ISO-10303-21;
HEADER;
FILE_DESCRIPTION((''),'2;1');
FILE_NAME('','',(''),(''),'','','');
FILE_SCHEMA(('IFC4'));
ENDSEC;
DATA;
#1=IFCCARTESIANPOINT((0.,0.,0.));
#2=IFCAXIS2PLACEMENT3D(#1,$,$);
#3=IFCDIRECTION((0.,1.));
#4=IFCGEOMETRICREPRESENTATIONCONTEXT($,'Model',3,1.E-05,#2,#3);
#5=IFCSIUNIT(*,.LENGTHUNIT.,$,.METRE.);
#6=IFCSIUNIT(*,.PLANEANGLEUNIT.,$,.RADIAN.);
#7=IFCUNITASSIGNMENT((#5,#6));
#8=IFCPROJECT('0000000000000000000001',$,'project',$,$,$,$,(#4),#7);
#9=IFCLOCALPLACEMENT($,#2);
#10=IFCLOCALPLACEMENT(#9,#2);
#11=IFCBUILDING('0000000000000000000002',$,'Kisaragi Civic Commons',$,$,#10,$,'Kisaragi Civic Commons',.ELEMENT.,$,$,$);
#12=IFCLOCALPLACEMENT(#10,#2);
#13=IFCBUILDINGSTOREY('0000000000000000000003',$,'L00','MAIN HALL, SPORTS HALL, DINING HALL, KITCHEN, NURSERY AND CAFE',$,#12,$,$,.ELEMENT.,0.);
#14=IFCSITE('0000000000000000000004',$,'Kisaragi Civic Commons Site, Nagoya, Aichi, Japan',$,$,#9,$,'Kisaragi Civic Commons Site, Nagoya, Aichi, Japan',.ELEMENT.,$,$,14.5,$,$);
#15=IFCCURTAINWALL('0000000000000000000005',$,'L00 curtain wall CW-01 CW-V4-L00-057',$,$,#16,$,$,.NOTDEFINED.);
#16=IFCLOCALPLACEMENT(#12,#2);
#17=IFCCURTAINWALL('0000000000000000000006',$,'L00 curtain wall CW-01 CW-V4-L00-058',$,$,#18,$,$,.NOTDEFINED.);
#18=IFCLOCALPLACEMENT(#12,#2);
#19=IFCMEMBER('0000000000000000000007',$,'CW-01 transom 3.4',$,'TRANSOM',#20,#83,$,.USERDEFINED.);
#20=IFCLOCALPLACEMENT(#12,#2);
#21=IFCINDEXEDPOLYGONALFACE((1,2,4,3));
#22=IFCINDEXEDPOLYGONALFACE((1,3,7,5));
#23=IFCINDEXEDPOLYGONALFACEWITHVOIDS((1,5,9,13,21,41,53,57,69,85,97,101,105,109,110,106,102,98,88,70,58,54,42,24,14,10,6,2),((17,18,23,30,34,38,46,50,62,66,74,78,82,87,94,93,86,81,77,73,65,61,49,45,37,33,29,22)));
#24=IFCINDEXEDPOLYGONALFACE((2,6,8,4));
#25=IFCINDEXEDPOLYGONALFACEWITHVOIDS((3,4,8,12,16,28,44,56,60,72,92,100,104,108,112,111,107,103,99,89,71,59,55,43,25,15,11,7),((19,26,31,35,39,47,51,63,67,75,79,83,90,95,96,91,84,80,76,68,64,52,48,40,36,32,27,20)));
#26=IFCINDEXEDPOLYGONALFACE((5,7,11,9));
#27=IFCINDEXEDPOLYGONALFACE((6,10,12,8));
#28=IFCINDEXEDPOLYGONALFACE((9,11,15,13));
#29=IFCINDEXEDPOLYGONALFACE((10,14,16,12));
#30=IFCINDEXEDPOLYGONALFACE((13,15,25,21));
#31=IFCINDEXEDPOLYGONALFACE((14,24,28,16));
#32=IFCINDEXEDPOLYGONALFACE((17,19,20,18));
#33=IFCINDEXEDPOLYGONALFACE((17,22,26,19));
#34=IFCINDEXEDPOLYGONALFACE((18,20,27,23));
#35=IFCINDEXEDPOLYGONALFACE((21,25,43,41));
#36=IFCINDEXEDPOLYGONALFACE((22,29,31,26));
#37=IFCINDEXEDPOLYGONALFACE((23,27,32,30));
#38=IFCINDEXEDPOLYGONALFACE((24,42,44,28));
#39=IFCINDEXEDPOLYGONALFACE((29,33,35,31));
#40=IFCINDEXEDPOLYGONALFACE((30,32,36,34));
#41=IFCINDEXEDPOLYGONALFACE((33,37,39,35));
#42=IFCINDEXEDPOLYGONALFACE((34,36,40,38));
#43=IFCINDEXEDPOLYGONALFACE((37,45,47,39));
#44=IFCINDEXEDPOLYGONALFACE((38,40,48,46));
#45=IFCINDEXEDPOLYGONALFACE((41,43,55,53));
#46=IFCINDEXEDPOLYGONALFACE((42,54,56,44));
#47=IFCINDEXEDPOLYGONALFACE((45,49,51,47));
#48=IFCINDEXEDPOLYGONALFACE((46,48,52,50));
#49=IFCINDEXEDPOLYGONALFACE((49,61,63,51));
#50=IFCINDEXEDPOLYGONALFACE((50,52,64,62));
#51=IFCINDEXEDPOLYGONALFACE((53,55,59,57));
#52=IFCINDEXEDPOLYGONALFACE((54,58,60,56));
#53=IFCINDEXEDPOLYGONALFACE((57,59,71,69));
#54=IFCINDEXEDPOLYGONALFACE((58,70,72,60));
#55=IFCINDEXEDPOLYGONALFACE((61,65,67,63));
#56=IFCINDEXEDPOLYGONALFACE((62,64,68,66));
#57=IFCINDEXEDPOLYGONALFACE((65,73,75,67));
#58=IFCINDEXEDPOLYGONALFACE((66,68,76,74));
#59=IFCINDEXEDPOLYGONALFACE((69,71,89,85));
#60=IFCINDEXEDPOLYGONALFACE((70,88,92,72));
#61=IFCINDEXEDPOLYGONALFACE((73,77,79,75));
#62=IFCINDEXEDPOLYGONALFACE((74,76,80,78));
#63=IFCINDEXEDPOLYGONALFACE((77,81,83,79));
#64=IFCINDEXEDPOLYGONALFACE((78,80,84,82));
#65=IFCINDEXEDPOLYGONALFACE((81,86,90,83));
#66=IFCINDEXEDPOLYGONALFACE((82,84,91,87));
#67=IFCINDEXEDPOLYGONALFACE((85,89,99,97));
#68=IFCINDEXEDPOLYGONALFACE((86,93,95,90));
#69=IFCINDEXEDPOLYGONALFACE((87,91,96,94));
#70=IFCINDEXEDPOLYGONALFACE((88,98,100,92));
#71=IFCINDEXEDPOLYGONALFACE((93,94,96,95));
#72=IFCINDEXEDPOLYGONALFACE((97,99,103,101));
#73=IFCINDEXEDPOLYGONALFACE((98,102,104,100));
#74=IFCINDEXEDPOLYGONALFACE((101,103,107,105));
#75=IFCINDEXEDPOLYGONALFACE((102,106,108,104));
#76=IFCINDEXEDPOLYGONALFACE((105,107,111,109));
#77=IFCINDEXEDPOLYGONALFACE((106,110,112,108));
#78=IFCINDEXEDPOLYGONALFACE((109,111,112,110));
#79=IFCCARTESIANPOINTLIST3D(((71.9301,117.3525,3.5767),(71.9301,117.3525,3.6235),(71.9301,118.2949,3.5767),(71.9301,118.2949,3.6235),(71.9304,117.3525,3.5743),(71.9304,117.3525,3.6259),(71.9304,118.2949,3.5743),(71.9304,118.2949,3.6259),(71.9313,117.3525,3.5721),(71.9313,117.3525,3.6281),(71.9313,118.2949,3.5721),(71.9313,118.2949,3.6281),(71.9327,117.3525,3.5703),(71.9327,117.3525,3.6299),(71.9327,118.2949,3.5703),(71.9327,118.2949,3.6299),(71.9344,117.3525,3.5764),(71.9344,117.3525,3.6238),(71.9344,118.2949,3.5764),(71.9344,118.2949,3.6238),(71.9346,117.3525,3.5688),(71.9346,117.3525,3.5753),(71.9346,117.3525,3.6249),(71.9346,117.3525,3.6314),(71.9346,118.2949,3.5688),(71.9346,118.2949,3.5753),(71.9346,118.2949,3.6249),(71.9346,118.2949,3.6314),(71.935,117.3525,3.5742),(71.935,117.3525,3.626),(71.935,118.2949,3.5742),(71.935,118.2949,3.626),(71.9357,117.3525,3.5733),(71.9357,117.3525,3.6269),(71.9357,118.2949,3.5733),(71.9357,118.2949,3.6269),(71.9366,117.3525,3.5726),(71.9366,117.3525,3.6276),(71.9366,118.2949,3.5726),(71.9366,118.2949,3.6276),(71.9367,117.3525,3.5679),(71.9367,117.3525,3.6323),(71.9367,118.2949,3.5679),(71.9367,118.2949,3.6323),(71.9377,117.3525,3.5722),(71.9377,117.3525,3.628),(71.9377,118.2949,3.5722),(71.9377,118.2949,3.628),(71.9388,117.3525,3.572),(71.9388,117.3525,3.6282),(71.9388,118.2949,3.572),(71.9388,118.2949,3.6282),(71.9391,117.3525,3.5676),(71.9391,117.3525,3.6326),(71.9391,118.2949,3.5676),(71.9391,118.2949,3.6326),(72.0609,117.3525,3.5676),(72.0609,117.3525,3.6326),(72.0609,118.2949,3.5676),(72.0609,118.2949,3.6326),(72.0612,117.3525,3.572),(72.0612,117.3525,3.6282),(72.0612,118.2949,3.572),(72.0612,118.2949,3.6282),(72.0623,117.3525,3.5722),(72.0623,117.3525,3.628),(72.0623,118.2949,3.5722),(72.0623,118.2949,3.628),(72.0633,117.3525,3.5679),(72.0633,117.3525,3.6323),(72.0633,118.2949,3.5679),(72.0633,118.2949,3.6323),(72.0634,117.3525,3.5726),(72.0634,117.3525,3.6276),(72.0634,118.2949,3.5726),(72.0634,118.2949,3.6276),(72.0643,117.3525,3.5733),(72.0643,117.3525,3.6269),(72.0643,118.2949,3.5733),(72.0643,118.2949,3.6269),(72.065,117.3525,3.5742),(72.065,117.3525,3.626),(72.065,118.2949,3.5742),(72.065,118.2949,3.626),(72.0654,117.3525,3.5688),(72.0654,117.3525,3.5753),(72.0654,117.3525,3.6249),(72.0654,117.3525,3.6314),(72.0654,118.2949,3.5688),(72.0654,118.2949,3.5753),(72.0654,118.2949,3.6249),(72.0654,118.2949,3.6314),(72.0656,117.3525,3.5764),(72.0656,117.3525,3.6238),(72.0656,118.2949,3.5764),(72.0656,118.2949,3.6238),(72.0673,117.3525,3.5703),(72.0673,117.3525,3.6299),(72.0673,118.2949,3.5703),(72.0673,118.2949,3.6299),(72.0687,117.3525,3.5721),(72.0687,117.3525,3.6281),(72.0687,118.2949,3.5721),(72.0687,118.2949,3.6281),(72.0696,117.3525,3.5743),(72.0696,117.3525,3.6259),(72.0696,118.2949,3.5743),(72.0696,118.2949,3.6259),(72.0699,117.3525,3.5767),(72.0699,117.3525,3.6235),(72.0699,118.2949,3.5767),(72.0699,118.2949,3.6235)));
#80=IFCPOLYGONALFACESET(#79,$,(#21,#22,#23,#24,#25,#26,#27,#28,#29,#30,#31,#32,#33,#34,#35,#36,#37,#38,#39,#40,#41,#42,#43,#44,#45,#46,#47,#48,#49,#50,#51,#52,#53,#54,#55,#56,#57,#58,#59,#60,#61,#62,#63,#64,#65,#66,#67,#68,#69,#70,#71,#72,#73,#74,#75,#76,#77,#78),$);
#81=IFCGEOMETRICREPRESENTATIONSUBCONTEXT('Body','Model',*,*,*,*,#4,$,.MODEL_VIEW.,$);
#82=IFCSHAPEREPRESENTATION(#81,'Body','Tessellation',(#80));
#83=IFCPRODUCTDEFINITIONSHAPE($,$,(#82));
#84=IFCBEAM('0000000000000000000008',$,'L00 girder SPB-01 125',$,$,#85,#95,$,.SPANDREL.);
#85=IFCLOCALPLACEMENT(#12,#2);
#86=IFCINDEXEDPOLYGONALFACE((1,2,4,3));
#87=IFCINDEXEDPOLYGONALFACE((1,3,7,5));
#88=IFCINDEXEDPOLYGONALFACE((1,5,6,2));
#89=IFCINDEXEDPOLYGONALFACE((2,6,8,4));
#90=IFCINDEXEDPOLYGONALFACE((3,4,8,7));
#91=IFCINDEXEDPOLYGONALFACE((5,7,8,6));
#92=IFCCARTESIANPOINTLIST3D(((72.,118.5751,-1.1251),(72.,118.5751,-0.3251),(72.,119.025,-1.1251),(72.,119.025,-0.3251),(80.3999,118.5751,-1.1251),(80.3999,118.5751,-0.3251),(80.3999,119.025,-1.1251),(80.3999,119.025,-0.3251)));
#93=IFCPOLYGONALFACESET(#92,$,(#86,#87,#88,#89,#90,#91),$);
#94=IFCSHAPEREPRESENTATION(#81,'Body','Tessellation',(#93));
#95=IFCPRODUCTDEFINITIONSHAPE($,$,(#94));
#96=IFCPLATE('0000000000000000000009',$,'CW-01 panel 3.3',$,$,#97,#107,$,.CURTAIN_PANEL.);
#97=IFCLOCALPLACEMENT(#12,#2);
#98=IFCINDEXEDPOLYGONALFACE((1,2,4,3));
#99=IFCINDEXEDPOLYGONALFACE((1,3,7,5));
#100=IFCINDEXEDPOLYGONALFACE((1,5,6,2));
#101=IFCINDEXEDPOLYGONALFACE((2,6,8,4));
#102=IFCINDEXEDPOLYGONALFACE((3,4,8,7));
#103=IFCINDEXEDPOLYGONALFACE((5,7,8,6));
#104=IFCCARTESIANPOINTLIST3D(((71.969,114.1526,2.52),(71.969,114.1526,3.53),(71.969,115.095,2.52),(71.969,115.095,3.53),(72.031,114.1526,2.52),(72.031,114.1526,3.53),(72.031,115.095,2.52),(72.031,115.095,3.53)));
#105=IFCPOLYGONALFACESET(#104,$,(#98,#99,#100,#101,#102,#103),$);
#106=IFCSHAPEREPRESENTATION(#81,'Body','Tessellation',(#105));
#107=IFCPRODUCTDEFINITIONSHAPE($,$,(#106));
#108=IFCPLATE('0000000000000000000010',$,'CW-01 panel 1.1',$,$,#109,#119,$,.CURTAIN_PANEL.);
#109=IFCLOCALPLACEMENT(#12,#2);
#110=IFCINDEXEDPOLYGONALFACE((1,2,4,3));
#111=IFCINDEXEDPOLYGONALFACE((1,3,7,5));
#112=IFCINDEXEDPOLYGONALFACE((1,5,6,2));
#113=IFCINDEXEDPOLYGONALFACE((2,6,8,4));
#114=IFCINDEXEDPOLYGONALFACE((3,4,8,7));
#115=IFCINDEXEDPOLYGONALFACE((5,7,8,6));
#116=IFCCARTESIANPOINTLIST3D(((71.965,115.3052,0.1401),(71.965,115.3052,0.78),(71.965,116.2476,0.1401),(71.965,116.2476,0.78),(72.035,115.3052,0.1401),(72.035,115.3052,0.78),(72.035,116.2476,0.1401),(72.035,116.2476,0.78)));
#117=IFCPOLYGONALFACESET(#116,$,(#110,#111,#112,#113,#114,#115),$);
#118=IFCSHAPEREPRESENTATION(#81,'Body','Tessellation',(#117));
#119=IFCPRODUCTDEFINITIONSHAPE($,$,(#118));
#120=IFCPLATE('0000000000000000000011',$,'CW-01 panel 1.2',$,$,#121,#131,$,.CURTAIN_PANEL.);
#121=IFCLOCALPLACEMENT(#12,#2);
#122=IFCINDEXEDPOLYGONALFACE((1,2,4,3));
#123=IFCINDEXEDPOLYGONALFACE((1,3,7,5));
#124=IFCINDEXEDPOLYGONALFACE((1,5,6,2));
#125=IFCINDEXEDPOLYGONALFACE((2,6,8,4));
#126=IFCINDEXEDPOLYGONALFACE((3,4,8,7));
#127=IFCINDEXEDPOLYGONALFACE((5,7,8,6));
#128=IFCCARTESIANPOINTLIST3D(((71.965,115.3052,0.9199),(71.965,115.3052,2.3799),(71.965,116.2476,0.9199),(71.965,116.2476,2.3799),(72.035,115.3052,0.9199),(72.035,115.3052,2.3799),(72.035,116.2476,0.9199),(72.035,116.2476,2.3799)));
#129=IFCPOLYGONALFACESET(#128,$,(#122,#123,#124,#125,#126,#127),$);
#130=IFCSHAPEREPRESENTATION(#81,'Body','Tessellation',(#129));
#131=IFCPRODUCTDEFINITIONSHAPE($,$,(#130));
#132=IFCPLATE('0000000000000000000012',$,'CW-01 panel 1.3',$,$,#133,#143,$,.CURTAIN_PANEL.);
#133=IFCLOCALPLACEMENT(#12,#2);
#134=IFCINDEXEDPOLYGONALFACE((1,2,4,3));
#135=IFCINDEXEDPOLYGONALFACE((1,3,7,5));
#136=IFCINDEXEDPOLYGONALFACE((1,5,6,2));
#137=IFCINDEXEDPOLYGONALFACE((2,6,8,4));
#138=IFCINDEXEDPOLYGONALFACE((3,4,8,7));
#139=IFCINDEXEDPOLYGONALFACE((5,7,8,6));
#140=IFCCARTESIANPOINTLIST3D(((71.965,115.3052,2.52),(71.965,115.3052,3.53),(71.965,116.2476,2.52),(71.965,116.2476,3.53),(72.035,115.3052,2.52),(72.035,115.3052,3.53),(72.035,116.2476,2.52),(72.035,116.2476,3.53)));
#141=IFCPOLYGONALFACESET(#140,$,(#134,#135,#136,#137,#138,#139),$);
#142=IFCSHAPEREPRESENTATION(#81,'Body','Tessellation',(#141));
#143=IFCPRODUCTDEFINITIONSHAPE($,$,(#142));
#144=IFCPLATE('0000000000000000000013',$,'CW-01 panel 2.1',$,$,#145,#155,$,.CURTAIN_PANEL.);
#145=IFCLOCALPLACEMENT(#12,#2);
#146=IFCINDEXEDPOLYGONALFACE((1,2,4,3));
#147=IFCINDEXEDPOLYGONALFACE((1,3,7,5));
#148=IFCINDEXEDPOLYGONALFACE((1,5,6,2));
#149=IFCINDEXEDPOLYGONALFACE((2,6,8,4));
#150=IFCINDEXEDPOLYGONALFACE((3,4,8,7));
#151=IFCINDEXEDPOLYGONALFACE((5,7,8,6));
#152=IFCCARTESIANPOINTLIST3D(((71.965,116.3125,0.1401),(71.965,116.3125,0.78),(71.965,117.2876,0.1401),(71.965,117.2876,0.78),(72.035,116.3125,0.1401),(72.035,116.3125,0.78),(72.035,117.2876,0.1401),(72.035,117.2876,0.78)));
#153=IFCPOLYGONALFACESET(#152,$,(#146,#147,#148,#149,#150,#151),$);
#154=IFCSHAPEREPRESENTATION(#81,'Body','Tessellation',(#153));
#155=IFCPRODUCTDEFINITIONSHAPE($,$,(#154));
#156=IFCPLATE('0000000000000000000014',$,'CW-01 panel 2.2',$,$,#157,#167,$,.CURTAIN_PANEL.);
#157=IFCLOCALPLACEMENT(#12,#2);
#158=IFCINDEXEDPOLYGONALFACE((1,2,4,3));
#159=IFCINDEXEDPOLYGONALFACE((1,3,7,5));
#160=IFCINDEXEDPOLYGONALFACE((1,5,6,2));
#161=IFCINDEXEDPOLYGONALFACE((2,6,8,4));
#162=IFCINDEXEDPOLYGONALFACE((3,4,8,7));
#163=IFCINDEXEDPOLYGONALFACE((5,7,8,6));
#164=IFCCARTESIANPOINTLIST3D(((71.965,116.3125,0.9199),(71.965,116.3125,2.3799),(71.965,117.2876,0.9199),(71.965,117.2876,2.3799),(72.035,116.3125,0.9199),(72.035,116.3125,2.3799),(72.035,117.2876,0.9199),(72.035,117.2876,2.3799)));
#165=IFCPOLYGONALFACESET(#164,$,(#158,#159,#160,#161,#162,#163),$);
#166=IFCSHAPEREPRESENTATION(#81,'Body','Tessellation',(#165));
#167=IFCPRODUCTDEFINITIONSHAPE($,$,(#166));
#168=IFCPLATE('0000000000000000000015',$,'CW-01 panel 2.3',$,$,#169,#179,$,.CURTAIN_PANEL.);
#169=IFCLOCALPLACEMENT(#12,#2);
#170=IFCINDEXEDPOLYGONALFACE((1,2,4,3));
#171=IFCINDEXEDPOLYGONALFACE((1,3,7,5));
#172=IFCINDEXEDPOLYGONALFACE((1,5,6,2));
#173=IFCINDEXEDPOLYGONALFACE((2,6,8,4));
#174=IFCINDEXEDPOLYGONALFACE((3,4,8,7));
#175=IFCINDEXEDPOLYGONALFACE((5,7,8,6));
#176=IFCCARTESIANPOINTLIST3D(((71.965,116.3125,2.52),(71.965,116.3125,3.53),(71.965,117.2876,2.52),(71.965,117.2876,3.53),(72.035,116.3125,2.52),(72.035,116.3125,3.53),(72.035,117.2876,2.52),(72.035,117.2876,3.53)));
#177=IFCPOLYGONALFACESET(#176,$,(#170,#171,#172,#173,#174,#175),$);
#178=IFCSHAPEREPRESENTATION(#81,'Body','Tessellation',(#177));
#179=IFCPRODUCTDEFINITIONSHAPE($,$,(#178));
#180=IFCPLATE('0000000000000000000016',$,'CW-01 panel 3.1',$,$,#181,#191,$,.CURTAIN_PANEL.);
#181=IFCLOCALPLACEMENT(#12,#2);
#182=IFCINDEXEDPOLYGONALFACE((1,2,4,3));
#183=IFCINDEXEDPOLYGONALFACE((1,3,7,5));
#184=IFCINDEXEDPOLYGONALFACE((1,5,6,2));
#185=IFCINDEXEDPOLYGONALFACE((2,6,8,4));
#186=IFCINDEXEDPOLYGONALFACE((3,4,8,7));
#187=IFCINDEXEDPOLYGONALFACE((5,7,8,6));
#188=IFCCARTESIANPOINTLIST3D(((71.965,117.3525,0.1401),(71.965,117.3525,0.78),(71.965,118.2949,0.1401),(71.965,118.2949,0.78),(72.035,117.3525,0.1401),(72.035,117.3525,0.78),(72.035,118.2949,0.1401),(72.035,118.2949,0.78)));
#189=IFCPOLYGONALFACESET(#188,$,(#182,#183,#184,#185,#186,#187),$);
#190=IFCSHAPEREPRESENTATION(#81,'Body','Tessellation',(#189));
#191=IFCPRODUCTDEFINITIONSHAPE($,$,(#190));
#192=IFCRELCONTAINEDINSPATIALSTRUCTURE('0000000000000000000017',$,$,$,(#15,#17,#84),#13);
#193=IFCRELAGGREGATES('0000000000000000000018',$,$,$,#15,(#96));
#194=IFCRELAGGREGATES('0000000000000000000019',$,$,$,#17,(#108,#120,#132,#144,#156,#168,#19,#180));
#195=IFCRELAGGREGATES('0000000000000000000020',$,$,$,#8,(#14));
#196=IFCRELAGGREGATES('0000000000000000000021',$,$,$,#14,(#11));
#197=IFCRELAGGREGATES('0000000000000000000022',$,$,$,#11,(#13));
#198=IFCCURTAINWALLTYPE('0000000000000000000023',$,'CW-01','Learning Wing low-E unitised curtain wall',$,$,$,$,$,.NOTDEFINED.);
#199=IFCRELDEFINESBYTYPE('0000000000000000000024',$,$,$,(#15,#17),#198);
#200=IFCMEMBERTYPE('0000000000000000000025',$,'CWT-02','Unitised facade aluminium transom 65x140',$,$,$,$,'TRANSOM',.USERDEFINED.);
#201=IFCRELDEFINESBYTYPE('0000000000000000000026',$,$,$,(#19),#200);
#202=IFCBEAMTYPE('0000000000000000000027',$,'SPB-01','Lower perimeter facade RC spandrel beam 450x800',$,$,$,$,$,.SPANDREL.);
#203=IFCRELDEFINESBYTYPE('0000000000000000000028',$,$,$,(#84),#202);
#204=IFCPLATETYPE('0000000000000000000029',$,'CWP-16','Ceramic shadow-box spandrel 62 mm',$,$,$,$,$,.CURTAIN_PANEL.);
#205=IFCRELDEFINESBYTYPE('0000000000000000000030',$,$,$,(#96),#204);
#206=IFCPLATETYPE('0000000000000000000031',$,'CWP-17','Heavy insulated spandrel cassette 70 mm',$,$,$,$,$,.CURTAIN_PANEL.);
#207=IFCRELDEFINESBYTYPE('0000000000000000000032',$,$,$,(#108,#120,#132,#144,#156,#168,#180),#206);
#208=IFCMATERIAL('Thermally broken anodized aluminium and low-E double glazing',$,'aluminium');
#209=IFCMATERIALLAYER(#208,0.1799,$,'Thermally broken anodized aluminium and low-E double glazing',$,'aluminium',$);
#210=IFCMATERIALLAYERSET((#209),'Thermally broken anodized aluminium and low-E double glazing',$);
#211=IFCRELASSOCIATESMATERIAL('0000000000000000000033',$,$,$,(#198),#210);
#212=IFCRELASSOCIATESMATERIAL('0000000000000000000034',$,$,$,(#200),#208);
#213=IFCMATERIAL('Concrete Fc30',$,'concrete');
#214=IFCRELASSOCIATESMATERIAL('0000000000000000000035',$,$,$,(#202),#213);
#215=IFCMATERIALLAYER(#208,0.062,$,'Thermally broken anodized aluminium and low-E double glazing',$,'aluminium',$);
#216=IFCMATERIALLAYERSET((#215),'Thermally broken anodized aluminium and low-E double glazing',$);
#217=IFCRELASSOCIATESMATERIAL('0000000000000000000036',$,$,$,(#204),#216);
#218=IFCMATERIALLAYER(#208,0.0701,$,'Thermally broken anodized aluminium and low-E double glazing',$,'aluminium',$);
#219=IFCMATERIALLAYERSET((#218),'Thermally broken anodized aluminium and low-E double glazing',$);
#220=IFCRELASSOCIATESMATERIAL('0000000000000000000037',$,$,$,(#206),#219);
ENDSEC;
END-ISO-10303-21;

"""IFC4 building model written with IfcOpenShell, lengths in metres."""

from ifc_helpers import new_model, si_unit, direction, frame, origin, origin_2d, place, context, subcontext, project, spatial, rectangle, hollow_rectangle, extrude, material, layer, layer_set, material_profile, profile_set, type_object, element, aggregate, save


model = new_model("IFC4")

# Units and contexts
model_context = context("Model", 3, precision=1e-05, world=origin(), true_north=direction((0.0, 1.0)))
body_context = subcontext(model_context, "Body", "Model", "MODEL_VIEW")
ifc_project = project(units=[si_unit("LENGTHUNIT", "METRE"), si_unit("PLANEANGLEUNIT", "RADIAN")], contexts=[model_context])

# Site, building, storey
site_placement = place(None, origin())
site = spatial("IfcSite", under=ifc_project, at=site_placement, Name="Kisaragi Civic Commons Site, Nagoya, Aichi, Japan", LongName="Kisaragi Civic Commons Site, Nagoya, Aichi, Japan", CompositionType="ELEMENT", RefElevation=14.5)
building_placement = place(site_placement, origin())
building = spatial("IfcBuilding", under=site, at=building_placement, Name="Kisaragi Civic Commons", LongName="Kisaragi Civic Commons", CompositionType="ELEMENT")
storey_placement = place(building_placement, origin())
storey = spatial("IfcBuildingStorey", under=building, at=storey_placement, Name="L00", Description="MAIN HALL, SPORTS HALL, DINING HALL, KITCHEN, NURSERY AND CAFE", CompositionType="ELEMENT", Elevation=0.0)

# Curtain wall
ifc_material_1 = material(Name="Thermally broken anodized aluminium and low-E double glazing", Category="aluminium")
ifc_layer_1 = layer(ifc_material_1, 0.1799, Name="Thermally broken anodized aluminium and low-E double glazing", Category="aluminium")
ifc_layer_set_1 = layer_set([ifc_layer_1], Name="Thermally broken anodized aluminium and low-E double glazing")
curtain_wall_type = type_object("IfcCurtainWallType", Name="CW-01", Description="Learning Wing low-E unitised curtain wall", PredefinedType="NOTDEFINED", material=ifc_layer_set_1)
curtain_wall_1_placement = place(storey_placement, origin())
curtain_wall_1 = element("IfcCurtainWall", 1, at=curtain_wall_1_placement, inside=storey, type_object=curtain_wall_type, Name="L00 curtain wall CW-01 CW-V4-L00-057", PredefinedType="NOTDEFINED")

# Curtain wall, member
curtain_wall_2_placement = place(storey_placement, origin())
curtain_wall_2 = element("IfcCurtainWall", 2, at=curtain_wall_2_placement, inside=storey, type_object=curtain_wall_type, Name="L00 curtain wall CW-01 CW-V4-L00-058", PredefinedType="NOTDEFINED")
ifc_material_profile_1 = material_profile(ifc_material_1, hollow_rectangle(XDim=0.1399, YDim=0.0649, WallThickness=0.0044, InnerFilletRadius=0.0044, OuterFilletRadius=0.009, at=origin_2d()), Name="CWT-65x140x4.5", Category="aluminium")
ifc_profile_set_1 = profile_set([ifc_material_profile_1], Name="Thermally broken anodized aluminium and low-E double glazing")
member_type_1 = type_object("IfcMemberType", Name="CWT-02", Description="Unitised facade aluminium transom 65x140", ElementType="TRANSOM", PredefinedType="USERDEFINED", material=ifc_profile_set_1)
member_1_placement = place(storey_placement, frame((72.0, 117.3525, 3.6001), z_axis=(0.0, 1.0, 0.0), x_axis=(-1.0, 0.0, 0.0)))
member_1 = element("IfcMember", 3, at=member_1_placement, type_object=member_type_1, Name="CW-01 transom 3.4", ObjectType="TRANSOM", PredefinedType="USERDEFINED", context=body_context, shape_type="SweptSolid", body=[
    extrude(hollow_rectangle(XDim=0.1399, YDim=0.0649, WallThickness=0.0044, InnerFilletRadius=0.0044, OuterFilletRadius=0.009, at=origin_2d()), origin(), (0.0, 0.0, 1.0), 0.9424),
])

# Beam
ifc_material_2 = material(Name="Concrete Fc30", Category="concrete")
ifc_material_profile_2 = material_profile(ifc_material_2, rectangle(XDim=0.45, YDim=0.8, at=origin_2d()), Name="RC-450x800", Category="concrete")
ifc_profile_set_2 = profile_set([ifc_material_profile_2], Name="Concrete Fc30")
beam_type = type_object("IfcBeamType", Name="SPB-01", Description="Lower perimeter facade RC spandrel beam 450x800", PredefinedType="SPANDREL", material=ifc_profile_set_2)
beam_placement = place(storey_placement, frame((72.0, 118.8, -0.7251), z_axis=(1.0, 0.0, 0.0), x_axis=(0.0, 1.0, 0.0)))
element("IfcBeam", 4, at=beam_placement, inside=storey, type_object=beam_type, Name="L00 girder SPB-01 125", PredefinedType="SPANDREL", context=body_context, shape_type="SweptSolid", body=[
    extrude(rectangle(XDim=0.45, YDim=0.8, at=origin_2d()), origin(), (0.0, 0.0, 1.0), 8.3999),
])

# Plates
ifc_layer_2 = layer(ifc_material_1, 0.062, Name="Thermally broken anodized aluminium and low-E double glazing", Category="aluminium")
ifc_layer_set_2 = layer_set([ifc_layer_2], Name="Thermally broken anodized aluminium and low-E double glazing")
plate_type_1 = type_object("IfcPlateType", Name="CWP-16", Description="Ceramic shadow-box spandrel 62 mm", PredefinedType="CURTAIN_PANEL", material=ifc_layer_set_2)
plate_1_placement = place(storey_placement, frame((72.0, 114.6238, 2.52), z_axis=(0.0, 0.0, 1.0), x_axis=(0.0, 1.0, 0.0)))
plate_1 = element("IfcPlate", 5, at=plate_1_placement, type_object=plate_type_1, Name="CW-01 panel 3.3", PredefinedType="CURTAIN_PANEL", context=body_context, shape_type="SweptSolid", body=[
    extrude(rectangle(XDim=0.9424, YDim=0.062, at=origin_2d()), origin(), (0.0, 0.0, 1.0), 1.01),
])
aggregate(curtain_wall_1, [plate_1])
ifc_layer_3 = layer(ifc_material_1, 0.0701, Name="Thermally broken anodized aluminium and low-E double glazing", Category="aluminium")
ifc_layer_set_3 = layer_set([ifc_layer_3], Name="Thermally broken anodized aluminium and low-E double glazing")
plate_type_2 = type_object("IfcPlateType", Name="CWP-17", Description="Heavy insulated spandrel cassette 70 mm", PredefinedType="CURTAIN_PANEL", material=ifc_layer_set_3)
plate_2_placement = place(storey_placement, frame((72.0, 115.7764, 0.1401), z_axis=(0.0, 0.0, 1.0), x_axis=(0.0, 1.0, 0.0)))
plate_2 = element("IfcPlate", 6, at=plate_2_placement, type_object=plate_type_2, Name="CW-01 panel 1.1", PredefinedType="CURTAIN_PANEL", context=body_context, shape_type="SweptSolid", body=[
    extrude(rectangle(XDim=0.9424, YDim=0.0701, at=origin_2d()), origin(), (0.0, 0.0, 1.0), 0.6399),
])
plate_3_placement = place(storey_placement, frame((72.0, 115.7764, 0.9199), z_axis=(0.0, 0.0, 1.0), x_axis=(0.0, 1.0, 0.0)))
plate_3 = element("IfcPlate", 7, at=plate_3_placement, type_object=plate_type_2, Name="CW-01 panel 1.2", PredefinedType="CURTAIN_PANEL", context=body_context, shape_type="SweptSolid", body=[
    extrude(rectangle(XDim=0.9424, YDim=0.0701, at=origin_2d()), origin(), (0.0, 0.0, 1.0), 1.46),
])
plate_4_placement = place(storey_placement, frame((72.0, 115.7764, 2.52), z_axis=(0.0, 0.0, 1.0), x_axis=(0.0, 1.0, 0.0)))
plate_4 = element("IfcPlate", 8, at=plate_4_placement, type_object=plate_type_2, Name="CW-01 panel 1.3", PredefinedType="CURTAIN_PANEL", context=body_context, shape_type="SweptSolid", body=[
    extrude(rectangle(XDim=0.9424, YDim=0.0701, at=origin_2d()), origin(), (0.0, 0.0, 1.0), 1.01),
])
plate_5_placement = place(storey_placement, frame((72.0, 116.8, 0.1401), z_axis=(0.0, 0.0, 1.0), x_axis=(0.0, 1.0, 0.0)))
plate_5 = element("IfcPlate", 9, at=plate_5_placement, type_object=plate_type_2, Name="CW-01 panel 2.1", PredefinedType="CURTAIN_PANEL", context=body_context, shape_type="SweptSolid", body=[
    extrude(rectangle(XDim=0.9751, YDim=0.0701, at=origin_2d()), origin(), (0.0, 0.0, 1.0), 0.6399),
])
plate_6_placement = place(storey_placement, frame((72.0, 116.8, 0.9199), z_axis=(0.0, 0.0, 1.0), x_axis=(0.0, 1.0, 0.0)))
plate_6 = element("IfcPlate", 10, at=plate_6_placement, type_object=plate_type_2, Name="CW-01 panel 2.2", PredefinedType="CURTAIN_PANEL", context=body_context, shape_type="SweptSolid", body=[
    extrude(rectangle(XDim=0.9751, YDim=0.0701, at=origin_2d()), origin(), (0.0, 0.0, 1.0), 1.46),
])
plate_7_placement = place(storey_placement, frame((72.0, 116.8, 2.52), z_axis=(0.0, 0.0, 1.0), x_axis=(0.0, 1.0, 0.0)))
plate_7 = element("IfcPlate", 11, at=plate_7_placement, type_object=plate_type_2, Name="CW-01 panel 2.3", PredefinedType="CURTAIN_PANEL", context=body_context, shape_type="SweptSolid", body=[
    extrude(rectangle(XDim=0.9751, YDim=0.0701, at=origin_2d()), origin(), (0.0, 0.0, 1.0), 1.01),
])
plate_8_placement = place(storey_placement, frame((72.0, 117.8237, 0.1401), z_axis=(0.0, 0.0, 1.0), x_axis=(0.0, 1.0, 0.0)))
plate_8 = element("IfcPlate", 12, at=plate_8_placement, type_object=plate_type_2, Name="CW-01 panel 3.1", PredefinedType="CURTAIN_PANEL", context=body_context, shape_type="SweptSolid", body=[
    extrude(rectangle(XDim=0.9424, YDim=0.0701, at=origin_2d()), origin(), (0.0, 0.0, 1.0), 0.6399),
])
aggregate(curtain_wall_2, [plate_2, plate_3, plate_4, plate_5, plate_6, plate_7, member_1, plate_8])

save(model, "model.ifc")
